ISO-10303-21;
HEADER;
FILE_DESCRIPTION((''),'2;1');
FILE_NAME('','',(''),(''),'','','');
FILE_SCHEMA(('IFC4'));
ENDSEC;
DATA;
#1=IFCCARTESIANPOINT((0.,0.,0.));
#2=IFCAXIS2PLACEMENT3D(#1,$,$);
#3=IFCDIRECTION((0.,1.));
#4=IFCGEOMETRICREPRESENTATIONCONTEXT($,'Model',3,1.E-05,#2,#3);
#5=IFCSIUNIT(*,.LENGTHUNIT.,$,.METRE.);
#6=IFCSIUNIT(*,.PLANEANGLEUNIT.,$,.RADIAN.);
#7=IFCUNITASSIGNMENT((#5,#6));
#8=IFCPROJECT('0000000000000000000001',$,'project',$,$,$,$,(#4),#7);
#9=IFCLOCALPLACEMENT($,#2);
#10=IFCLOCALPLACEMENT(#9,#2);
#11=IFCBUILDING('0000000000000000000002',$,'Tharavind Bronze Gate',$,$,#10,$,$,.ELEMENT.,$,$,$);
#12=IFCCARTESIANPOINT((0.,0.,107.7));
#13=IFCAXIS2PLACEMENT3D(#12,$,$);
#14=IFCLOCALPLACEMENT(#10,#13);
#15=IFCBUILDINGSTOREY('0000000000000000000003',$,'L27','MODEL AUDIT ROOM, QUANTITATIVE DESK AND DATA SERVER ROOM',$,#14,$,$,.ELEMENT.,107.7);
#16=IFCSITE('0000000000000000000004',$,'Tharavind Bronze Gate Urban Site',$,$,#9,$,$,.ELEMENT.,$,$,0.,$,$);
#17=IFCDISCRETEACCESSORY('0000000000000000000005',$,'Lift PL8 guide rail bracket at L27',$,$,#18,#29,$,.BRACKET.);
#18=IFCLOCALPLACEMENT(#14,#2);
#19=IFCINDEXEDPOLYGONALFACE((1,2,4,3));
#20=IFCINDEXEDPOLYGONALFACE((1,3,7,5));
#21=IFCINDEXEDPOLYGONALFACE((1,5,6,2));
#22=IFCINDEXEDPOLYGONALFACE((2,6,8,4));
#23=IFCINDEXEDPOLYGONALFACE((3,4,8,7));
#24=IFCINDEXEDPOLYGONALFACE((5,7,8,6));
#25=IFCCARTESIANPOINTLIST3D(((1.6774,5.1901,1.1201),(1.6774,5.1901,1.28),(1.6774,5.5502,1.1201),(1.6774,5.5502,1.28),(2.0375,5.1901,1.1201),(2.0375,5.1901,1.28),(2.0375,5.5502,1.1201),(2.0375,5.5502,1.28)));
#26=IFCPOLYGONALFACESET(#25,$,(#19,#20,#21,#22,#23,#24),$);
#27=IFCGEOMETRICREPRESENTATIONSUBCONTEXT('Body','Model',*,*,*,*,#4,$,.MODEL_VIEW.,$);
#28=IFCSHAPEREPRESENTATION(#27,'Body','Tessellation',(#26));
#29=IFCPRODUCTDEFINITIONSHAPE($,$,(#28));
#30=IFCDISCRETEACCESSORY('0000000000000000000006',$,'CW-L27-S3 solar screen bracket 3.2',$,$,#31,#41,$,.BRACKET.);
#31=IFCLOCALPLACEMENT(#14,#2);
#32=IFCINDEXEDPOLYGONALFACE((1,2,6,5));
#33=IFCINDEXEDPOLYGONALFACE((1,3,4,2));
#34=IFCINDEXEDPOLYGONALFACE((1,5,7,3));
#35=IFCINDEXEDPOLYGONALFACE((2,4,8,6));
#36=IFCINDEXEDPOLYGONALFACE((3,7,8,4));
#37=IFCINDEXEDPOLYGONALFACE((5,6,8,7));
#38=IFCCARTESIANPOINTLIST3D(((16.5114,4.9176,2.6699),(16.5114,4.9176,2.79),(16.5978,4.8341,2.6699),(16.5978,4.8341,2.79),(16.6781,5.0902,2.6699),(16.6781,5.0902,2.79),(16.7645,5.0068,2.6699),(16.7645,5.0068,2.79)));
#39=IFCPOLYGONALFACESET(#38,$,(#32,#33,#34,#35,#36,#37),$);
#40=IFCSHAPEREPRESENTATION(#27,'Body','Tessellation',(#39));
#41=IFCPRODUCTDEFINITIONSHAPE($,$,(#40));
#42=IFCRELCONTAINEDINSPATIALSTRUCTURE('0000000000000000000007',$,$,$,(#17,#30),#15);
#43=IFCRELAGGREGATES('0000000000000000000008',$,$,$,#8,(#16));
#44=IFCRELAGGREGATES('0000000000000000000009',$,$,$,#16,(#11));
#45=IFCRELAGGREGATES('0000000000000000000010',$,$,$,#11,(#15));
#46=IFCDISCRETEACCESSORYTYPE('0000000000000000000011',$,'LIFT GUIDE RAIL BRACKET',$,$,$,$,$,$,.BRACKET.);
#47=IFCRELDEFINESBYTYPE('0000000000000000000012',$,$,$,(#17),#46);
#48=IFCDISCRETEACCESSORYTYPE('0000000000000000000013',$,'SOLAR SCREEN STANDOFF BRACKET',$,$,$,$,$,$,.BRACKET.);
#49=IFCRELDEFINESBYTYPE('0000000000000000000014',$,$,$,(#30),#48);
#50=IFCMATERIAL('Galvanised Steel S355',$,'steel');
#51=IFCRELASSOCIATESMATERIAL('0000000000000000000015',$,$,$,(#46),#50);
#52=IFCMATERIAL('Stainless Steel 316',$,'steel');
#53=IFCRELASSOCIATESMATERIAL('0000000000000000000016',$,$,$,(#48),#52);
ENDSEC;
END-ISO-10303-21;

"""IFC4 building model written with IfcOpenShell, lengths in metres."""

from ifc_helpers import new_model, si_unit, direction, frame, origin, origin_2d, place, context, subcontext, project, spatial, rectangle, extrude, material, type_object, element, save


model = new_model("IFC4")

# Units and contexts
model_context = context("Model", 3, precision=1e-05, world=origin(), true_north=direction((0.0, 1.0)))
body_context = subcontext(model_context, "Body", "Model", "MODEL_VIEW")
ifc_project = project(units=[si_unit("LENGTHUNIT", "METRE"), si_unit("PLANEANGLEUNIT", "RADIAN")], contexts=[model_context])

# Site, building, storey
site_placement = place(None, origin())
site = spatial("IfcSite", under=ifc_project, at=site_placement, Name="Tharavind Bronze Gate Urban Site", CompositionType="ELEMENT", RefElevation=0.0)
building_placement = place(site_placement, origin())
building = spatial("IfcBuilding", under=site, at=building_placement, Name="Tharavind Bronze Gate", CompositionType="ELEMENT")
storey_placement = place(building_placement, frame((0.0, 0.0, 107.7)))
storey = spatial("IfcBuildingStorey", under=building, at=storey_placement, Name="L27", Description="MODEL AUDIT ROOM, QUANTITATIVE DESK AND DATA SERVER ROOM", CompositionType="ELEMENT", Elevation=107.7)

# Discrete accessories
ifc_material_1 = material(Name="Galvanised Steel S355", Category="steel")
discrete_accessory_type_1 = type_object("IfcDiscreteAccessoryType", Name="LIFT GUIDE RAIL BRACKET", PredefinedType="BRACKET", material=ifc_material_1)
for number, where, z_axis, x_axis, name in (
    (1, (1.8574, 5.3701, 1.1201), (0.0, 0.0, 1.0), (1.0, 0.0, 0.0), "Lift PL8 guide rail bracket at L27"),
):
    element("IfcDiscreteAccessory", number, at=place(storey_placement, frame(where, z_axis=z_axis, x_axis=x_axis)), inside=storey, type_object=discrete_accessory_type_1, Name=name, PredefinedType="BRACKET", context=body_context, shape_type="SweptSolid", body=[
        extrude(rectangle(XDim=0.3601, YDim=0.3601, at=origin_2d()), origin(), (0.0, 0.0, 1.0), 0.1599),
    ])
ifc_material_2 = material(Name="Stainless Steel 316", Category="steel")
discrete_accessory_type_2 = type_object("IfcDiscreteAccessoryType", Name="SOLAR SCREEN STANDOFF BRACKET", PredefinedType="BRACKET", material=ifc_material_2)
discrete_accessory_placement = place(storey_placement, frame((16.6379, 4.9622, 2.6699), z_axis=(0.0, 0.0, 1.0), x_axis=(-0.719341, 0.694657, 0.0)))
element("IfcDiscreteAccessory", 2, at=discrete_accessory_placement, inside=storey, type_object=discrete_accessory_type_2, Name="CW-L27-S3 solar screen bracket 3.2", PredefinedType="BRACKET", context=body_context, shape_type="SweptSolid", body=[
    extrude(rectangle(XDim=0.1201, YDim=0.24, at=origin_2d()), origin(), (0.0, 0.0, 1.0), 0.1201),
])

save(model, "model.ifc")
